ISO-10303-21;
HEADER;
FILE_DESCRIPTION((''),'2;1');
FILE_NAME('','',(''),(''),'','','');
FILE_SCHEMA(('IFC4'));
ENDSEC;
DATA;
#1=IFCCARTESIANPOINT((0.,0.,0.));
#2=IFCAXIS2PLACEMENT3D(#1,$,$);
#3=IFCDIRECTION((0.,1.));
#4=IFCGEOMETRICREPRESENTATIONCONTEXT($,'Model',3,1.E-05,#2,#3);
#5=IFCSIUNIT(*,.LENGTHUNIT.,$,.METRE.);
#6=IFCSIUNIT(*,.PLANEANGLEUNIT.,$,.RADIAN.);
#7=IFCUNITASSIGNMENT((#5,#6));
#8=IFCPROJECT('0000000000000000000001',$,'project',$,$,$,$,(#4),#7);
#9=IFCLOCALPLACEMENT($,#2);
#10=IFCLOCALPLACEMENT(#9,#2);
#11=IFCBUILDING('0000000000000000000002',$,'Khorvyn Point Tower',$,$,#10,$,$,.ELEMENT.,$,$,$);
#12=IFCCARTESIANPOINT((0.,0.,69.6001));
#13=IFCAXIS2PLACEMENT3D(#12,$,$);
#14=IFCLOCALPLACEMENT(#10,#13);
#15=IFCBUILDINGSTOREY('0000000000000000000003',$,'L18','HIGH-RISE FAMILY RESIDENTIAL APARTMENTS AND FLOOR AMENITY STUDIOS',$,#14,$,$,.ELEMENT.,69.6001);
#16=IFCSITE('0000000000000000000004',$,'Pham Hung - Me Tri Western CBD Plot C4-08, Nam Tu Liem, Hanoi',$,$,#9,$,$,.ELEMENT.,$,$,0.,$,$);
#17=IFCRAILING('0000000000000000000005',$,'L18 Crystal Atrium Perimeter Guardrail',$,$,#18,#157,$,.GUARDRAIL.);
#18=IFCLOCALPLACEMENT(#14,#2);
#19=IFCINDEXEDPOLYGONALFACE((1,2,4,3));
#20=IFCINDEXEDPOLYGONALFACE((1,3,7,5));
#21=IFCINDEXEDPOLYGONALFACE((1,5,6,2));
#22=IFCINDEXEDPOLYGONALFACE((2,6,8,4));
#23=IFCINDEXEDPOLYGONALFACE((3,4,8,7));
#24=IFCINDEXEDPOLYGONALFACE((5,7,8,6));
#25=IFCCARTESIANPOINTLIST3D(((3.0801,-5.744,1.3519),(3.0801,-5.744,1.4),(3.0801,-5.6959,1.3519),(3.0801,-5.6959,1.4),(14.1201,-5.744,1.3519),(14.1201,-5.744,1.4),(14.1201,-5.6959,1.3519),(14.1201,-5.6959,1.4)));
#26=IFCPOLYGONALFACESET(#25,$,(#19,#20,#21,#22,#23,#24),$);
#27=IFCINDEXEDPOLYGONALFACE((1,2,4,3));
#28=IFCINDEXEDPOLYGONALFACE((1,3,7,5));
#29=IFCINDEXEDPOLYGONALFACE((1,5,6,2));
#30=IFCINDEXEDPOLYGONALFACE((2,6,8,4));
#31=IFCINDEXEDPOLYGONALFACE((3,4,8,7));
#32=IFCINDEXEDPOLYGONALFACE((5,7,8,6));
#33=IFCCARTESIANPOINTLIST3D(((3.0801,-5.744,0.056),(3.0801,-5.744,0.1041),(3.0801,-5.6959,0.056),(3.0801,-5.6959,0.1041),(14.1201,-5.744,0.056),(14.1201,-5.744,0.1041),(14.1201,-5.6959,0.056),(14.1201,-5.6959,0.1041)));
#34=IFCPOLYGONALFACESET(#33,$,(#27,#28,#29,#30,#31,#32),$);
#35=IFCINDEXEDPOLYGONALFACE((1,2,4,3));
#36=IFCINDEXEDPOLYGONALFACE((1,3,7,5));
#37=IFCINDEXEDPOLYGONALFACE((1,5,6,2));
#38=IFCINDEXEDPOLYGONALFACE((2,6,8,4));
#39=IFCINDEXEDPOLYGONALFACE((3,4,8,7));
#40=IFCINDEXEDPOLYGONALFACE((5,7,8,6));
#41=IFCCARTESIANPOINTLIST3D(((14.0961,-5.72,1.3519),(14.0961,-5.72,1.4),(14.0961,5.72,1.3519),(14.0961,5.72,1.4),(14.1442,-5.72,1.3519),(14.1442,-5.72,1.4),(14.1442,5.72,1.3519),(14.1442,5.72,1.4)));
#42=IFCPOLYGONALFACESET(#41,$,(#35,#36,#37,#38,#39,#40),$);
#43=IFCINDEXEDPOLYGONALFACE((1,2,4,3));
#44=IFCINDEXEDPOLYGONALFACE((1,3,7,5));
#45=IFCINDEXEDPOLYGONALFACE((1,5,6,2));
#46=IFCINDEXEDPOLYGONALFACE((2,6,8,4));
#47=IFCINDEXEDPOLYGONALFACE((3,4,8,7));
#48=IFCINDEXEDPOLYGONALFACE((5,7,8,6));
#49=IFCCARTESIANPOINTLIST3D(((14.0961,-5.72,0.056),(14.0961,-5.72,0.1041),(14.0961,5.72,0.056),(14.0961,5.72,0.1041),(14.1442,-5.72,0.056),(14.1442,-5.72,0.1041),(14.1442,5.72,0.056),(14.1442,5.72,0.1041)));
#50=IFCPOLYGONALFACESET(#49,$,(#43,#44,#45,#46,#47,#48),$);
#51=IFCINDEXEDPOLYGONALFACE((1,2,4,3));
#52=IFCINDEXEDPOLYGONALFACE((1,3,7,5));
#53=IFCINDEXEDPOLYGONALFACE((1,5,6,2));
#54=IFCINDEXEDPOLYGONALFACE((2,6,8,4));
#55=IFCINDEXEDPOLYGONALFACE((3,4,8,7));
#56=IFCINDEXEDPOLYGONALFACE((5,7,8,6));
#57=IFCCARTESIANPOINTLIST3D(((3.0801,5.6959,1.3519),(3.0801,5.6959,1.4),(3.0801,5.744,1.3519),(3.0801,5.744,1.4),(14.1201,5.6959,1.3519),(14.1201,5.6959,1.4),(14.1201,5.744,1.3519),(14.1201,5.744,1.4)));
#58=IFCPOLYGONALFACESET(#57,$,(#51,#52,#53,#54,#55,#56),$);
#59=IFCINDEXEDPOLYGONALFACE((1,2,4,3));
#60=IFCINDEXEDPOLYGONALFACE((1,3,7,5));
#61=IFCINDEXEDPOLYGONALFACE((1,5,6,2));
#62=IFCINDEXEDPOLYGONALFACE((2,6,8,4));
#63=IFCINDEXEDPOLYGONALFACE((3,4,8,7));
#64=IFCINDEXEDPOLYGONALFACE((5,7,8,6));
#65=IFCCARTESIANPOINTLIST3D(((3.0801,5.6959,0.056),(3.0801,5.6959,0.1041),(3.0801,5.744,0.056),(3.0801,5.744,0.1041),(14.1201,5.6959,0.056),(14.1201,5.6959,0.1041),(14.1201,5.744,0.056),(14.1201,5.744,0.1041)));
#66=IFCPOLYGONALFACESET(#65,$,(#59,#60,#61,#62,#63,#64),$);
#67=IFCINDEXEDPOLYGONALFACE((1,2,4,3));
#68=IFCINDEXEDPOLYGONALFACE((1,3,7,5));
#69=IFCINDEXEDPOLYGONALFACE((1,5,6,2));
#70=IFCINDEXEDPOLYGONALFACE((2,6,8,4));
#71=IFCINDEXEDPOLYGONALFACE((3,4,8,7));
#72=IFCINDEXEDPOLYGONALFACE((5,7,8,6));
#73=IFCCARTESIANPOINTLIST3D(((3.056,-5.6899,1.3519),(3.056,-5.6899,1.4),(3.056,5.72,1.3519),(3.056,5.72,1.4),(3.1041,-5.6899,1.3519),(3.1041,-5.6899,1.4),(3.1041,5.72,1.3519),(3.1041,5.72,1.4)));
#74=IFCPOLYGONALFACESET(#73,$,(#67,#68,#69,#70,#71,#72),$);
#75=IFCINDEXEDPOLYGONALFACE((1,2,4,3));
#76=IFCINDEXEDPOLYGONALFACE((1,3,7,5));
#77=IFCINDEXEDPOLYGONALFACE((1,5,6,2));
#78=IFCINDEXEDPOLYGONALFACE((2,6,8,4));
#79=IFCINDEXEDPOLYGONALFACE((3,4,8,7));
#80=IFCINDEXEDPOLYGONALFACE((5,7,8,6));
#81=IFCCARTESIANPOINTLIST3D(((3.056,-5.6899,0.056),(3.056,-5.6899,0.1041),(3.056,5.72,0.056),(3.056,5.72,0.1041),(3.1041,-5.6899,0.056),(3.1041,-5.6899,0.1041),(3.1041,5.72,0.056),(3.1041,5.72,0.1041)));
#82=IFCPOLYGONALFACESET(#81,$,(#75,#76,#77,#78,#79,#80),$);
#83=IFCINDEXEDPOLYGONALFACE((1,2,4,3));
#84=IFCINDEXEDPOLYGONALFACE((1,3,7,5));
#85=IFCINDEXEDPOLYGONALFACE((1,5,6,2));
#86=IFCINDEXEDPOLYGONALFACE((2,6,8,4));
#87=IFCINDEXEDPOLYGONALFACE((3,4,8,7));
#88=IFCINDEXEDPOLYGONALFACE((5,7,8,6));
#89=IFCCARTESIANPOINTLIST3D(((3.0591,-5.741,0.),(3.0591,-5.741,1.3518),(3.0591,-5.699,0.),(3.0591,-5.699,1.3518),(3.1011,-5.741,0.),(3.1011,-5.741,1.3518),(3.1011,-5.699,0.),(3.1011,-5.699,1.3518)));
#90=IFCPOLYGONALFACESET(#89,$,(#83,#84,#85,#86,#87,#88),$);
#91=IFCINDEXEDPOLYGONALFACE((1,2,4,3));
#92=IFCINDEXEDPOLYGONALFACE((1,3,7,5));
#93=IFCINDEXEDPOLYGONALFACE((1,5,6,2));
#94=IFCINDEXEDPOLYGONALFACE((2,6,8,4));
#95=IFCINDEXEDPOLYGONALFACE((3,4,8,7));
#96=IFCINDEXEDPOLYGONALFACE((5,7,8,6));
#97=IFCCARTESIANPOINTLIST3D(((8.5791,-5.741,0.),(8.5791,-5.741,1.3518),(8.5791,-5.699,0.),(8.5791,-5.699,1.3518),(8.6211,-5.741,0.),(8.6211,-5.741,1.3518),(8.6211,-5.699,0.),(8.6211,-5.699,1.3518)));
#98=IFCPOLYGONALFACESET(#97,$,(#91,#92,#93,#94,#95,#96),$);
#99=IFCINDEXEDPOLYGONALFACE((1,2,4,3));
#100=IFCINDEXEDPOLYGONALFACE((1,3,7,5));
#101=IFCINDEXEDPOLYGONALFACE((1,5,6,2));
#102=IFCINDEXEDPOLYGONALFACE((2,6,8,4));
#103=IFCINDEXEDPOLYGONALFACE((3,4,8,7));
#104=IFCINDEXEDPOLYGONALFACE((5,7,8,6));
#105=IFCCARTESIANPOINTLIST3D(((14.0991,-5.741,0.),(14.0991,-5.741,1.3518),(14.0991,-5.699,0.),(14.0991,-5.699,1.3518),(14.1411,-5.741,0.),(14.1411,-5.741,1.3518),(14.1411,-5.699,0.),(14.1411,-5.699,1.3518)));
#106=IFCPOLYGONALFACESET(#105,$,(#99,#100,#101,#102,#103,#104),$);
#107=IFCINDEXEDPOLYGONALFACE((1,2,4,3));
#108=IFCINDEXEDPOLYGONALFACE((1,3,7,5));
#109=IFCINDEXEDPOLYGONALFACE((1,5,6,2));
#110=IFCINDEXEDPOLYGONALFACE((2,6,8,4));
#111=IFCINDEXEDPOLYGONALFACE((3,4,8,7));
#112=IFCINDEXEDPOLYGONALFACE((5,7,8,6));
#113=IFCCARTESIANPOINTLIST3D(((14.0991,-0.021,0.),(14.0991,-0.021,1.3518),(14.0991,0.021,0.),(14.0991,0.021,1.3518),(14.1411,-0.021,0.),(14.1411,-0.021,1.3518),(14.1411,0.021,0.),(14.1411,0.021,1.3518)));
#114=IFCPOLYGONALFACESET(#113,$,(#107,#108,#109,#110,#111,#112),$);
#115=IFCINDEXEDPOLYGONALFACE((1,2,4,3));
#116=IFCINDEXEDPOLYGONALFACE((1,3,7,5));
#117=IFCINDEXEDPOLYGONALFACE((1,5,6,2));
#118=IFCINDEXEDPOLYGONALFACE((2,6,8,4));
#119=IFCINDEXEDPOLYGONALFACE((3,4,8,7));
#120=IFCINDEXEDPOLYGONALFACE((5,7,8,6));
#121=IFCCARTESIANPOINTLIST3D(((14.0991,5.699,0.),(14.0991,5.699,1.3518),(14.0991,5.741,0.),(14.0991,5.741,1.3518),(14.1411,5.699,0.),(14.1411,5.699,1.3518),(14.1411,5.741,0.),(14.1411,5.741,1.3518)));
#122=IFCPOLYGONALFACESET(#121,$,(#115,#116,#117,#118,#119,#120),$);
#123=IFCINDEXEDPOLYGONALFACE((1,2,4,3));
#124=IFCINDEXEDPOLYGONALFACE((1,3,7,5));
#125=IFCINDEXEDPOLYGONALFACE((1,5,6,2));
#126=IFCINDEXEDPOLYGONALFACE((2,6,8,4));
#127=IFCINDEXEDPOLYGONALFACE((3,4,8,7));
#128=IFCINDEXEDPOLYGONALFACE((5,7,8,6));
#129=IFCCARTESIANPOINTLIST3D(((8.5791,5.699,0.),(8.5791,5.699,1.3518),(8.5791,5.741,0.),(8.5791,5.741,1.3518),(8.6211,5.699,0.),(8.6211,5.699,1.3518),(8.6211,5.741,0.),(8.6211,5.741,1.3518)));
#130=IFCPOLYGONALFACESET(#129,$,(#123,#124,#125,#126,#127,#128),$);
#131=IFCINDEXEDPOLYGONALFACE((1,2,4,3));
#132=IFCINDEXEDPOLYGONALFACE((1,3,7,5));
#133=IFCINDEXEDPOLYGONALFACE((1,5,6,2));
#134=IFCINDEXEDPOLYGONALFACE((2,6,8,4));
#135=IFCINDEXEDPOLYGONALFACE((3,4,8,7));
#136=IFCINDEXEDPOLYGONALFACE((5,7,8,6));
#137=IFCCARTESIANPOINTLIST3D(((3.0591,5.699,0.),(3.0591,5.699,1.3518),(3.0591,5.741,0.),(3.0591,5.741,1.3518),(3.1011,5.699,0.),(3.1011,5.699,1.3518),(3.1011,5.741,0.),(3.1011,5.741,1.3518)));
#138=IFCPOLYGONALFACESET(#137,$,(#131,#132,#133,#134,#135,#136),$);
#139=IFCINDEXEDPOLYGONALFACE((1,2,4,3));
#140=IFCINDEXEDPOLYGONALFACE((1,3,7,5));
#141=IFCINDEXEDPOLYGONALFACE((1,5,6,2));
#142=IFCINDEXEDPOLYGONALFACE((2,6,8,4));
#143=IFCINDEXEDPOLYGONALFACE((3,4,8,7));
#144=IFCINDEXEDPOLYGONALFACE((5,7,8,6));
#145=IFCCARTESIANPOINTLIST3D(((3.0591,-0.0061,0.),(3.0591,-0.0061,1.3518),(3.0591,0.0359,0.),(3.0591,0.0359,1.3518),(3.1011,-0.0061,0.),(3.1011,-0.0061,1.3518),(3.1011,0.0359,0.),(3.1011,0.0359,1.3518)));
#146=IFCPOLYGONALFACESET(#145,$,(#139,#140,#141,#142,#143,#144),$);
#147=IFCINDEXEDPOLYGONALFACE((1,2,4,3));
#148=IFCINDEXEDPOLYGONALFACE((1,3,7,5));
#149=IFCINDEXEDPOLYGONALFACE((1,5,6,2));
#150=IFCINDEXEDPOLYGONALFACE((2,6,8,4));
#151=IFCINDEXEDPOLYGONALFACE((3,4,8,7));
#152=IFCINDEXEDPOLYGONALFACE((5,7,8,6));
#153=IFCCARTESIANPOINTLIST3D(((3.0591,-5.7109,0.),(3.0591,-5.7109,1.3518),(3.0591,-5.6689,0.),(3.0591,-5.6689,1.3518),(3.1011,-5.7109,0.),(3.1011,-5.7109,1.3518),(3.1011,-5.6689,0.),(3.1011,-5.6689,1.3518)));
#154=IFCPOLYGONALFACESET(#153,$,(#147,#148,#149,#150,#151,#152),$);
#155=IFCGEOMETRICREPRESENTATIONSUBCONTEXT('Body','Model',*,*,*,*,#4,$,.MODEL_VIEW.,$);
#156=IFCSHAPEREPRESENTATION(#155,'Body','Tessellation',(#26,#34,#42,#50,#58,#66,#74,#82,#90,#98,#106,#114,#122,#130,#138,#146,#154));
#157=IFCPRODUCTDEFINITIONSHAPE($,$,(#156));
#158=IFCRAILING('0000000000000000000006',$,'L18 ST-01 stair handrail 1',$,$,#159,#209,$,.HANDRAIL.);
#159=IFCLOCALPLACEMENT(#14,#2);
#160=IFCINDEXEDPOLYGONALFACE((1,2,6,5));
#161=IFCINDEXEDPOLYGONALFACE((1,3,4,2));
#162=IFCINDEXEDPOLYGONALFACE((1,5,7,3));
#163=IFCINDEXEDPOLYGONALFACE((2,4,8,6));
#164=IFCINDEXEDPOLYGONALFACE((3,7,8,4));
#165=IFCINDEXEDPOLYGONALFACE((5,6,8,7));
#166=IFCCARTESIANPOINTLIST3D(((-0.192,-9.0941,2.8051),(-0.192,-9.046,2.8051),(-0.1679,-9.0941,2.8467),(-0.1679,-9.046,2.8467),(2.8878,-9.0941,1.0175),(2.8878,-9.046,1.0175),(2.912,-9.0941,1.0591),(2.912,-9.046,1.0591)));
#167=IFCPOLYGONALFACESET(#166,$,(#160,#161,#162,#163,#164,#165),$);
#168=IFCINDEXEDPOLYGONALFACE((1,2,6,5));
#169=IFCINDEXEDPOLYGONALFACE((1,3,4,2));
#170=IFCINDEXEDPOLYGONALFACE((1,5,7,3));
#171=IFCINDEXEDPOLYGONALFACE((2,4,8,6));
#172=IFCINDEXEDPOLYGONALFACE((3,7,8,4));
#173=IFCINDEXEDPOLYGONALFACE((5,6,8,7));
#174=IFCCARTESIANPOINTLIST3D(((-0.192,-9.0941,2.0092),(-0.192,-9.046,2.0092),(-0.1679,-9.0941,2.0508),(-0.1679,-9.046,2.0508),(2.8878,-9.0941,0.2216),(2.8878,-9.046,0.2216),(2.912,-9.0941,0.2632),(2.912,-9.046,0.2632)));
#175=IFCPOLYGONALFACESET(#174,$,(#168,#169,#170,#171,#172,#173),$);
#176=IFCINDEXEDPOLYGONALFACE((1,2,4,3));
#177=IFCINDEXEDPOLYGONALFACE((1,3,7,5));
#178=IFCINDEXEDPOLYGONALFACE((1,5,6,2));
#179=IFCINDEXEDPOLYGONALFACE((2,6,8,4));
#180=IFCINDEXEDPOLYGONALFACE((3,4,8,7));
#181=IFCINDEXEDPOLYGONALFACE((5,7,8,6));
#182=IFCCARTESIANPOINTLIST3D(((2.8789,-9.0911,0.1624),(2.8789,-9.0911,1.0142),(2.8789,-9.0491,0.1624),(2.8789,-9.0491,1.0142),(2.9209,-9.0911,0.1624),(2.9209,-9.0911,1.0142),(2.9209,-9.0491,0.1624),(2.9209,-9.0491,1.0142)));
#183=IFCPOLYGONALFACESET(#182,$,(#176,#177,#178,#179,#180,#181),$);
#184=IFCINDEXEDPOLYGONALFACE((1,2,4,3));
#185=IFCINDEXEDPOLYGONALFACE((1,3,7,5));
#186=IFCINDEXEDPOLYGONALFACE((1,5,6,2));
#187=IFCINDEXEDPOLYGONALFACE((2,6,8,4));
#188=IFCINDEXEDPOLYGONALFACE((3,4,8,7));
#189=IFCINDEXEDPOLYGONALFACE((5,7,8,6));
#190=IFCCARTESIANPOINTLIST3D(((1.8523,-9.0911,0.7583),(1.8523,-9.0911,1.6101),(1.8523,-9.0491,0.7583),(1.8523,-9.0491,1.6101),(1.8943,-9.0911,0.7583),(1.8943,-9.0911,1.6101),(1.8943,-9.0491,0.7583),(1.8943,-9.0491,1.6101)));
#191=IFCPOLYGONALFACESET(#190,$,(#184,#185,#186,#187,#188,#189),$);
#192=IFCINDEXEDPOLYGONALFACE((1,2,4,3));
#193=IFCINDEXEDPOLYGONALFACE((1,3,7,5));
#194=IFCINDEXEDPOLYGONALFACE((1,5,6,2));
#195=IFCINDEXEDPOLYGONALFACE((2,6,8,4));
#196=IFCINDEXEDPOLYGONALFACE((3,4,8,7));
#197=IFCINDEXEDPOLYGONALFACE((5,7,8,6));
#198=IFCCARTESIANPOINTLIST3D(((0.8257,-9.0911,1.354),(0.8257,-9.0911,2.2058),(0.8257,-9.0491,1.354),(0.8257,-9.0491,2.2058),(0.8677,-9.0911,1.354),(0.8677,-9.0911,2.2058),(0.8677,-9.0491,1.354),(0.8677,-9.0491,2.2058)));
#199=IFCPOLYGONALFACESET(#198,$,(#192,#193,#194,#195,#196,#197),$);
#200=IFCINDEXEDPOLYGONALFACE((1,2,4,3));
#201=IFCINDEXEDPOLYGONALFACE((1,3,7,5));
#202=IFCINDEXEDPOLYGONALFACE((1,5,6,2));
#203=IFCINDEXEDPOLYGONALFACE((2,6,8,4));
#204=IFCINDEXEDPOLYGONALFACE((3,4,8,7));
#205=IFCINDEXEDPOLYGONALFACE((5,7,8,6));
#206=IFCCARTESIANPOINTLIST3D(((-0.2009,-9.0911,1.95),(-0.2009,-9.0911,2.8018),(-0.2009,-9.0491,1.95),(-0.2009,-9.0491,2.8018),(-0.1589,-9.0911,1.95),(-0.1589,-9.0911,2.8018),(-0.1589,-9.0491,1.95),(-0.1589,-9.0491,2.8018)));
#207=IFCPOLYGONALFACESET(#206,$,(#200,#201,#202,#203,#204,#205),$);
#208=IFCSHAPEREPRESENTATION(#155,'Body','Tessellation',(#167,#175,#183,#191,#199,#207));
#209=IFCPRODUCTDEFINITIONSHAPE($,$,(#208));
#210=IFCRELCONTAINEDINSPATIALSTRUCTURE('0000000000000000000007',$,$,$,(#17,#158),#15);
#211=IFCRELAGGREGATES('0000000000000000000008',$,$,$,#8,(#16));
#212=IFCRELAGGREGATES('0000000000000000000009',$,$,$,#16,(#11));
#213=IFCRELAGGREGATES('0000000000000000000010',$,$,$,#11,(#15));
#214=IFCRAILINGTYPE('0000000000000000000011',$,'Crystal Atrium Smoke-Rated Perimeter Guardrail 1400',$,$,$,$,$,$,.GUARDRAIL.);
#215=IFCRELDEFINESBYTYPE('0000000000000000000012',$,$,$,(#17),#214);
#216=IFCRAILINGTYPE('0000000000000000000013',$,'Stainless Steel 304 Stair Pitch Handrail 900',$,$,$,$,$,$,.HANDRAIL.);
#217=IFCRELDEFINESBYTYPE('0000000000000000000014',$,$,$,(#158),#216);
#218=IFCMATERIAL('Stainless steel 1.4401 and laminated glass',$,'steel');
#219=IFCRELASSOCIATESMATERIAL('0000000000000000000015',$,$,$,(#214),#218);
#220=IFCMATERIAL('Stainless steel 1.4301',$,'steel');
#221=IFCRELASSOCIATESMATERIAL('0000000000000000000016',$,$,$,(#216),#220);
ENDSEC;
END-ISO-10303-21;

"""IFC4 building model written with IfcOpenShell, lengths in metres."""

from ifc_helpers import new_model, si_unit, direction, frame, origin, origin_2d, place, context, subcontext, project, spatial, rectangle, extrude, material, type_object, element, save


model = new_model("IFC4")

# Units and contexts
model_context = context("Model", 3, precision=1e-05, world=origin(), true_north=direction((0.0, 1.0)))
body_context = subcontext(model_context, "Body", "Model", "MODEL_VIEW")
ifc_project = project(units=[si_unit("LENGTHUNIT", "METRE"), si_unit("PLANEANGLEUNIT", "RADIAN")], contexts=[model_context])

# Site, building, storey
site_placement = place(None, origin())
site = spatial("IfcSite", under=ifc_project, at=site_placement, Name="Pham Hung - Me Tri Western CBD Plot C4-08, Nam Tu Liem, Hanoi", CompositionType="ELEMENT", RefElevation=0.0)
building_placement = place(site_placement, origin())
building = spatial("IfcBuilding", under=site, at=building_placement, Name="Khorvyn Point Tower", CompositionType="ELEMENT")
storey_placement = place(building_placement, frame((0.0, 0.0, 69.6001)))
storey = spatial("IfcBuildingStorey", under=building, at=storey_placement, Name="L18", Description="HIGH-RISE FAMILY RESIDENTIAL APARTMENTS AND FLOOR AMENITY STUDIOS", CompositionType="ELEMENT", Elevation=69.6001)

# Shared definitions
ifc_material_1 = material(Name="Stainless steel 1.4301", Category="steel")

# Railings
ifc_material_2 = material(Name="Stainless steel 1.4401 and laminated glass", Category="steel")
railing_type_1 = type_object("IfcRailingType", Name="Crystal Atrium Smoke-Rated Perimeter Guardrail 1400", PredefinedType="GUARDRAIL", material=ifc_material_2)
railing_1_placement = place(storey_placement, frame((3.0801, -5.72, 0.0)))
element("IfcRailing", 1, at=railing_1_placement, inside=storey, type_object=railing_type_1, Name="L18 Crystal Atrium Perimeter Guardrail", PredefinedType="GUARDRAIL", context=body_context, shape_type="SweptSolid", body=[
    extrude(rectangle(XDim=0.0481, YDim=0.0481, at=origin_2d()), frame((0.0, 0.0, 1.376), z_axis=(1.0, 0.0, 0.0), x_axis=(0.0, 1.0, 0.0)), (0.0, 0.0, 1.0), 11.04),
    extrude(rectangle(XDim=0.0481, YDim=0.0481, at=origin_2d()), frame((0.0, 0.0, 0.0801), z_axis=(1.0, 0.0, 0.0), x_axis=(0.0, 1.0, 0.0)), (0.0, 0.0, 1.0), 11.04),
    extrude(rectangle(XDim=0.0481, YDim=0.0481, at=origin_2d()), frame((11.04, 0.0, 1.376), z_axis=(0.0, 1.0, 0.0), x_axis=(-1.0, 0.0, 0.0)), (0.0, 0.0, 1.0), 11.4399),
    extrude(rectangle(XDim=0.0481, YDim=0.0481, at=origin_2d()), frame((11.04, 0.0, 0.0801), z_axis=(0.0, 1.0, 0.0), x_axis=(-1.0, 0.0, 0.0)), (0.0, 0.0, 1.0), 11.4399),
    extrude(rectangle(XDim=0.0481, YDim=0.0481, at=origin_2d()), frame((11.04, 11.4399, 1.376), z_axis=(-1.0, 0.0, 0.0), x_axis=(0.0, -1.0, 0.0)), (0.0, 0.0, 1.0), 11.04),
    extrude(rectangle(XDim=0.0481, YDim=0.0481, at=origin_2d()), frame((11.04, 11.4399, 0.0801), z_axis=(-1.0, 0.0, 0.0), x_axis=(0.0, -1.0, 0.0)), (0.0, 0.0, 1.0), 11.04),
    extrude(rectangle(XDim=0.0481, YDim=0.0481, at=origin_2d()), frame((0.0, 11.4399, 1.376), z_axis=(0.0, -1.0, 0.0), x_axis=(1.0, 0.0, 0.0)), (0.0, 0.0, 1.0), 11.4099),
    extrude(rectangle(XDim=0.0481, YDim=0.0481, at=origin_2d()), frame((0.0, 11.4399, 0.0801), z_axis=(0.0, -1.0, 0.0), x_axis=(1.0, 0.0, 0.0)), (0.0, 0.0, 1.0), 11.4099),
    extrude(rectangle(XDim=0.042, YDim=0.042, at=origin_2d()), origin(), (0.0, 0.0, 1.0), 1.3518),
    extrude(rectangle(XDim=0.042, YDim=0.042, at=origin_2d()), frame((5.52, 0.0, 0.0)), (0.0, 0.0, 1.0), 1.3518),
    extrude(rectangle(XDim=0.042, YDim=0.042, at=origin_2d()), frame((11.04, 0.0, 0.0)), (0.0, 0.0, 1.0), 1.3518),
    extrude(rectangle(XDim=0.042, YDim=0.042, at=origin_2d()), frame((11.04, 5.72, 0.0)), (0.0, 0.0, 1.0), 1.3518),
    extrude(rectangle(XDim=0.042, YDim=0.042, at=origin_2d()), frame((11.04, 11.4399, 0.0)), (0.0, 0.0, 1.0), 1.3518),
    extrude(rectangle(XDim=0.042, YDim=0.042, at=origin_2d()), frame((5.52, 11.4399, 0.0)), (0.0, 0.0, 1.0), 1.3518),
    extrude(rectangle(XDim=0.042, YDim=0.042, at=origin_2d()), frame((0.0, 11.4399, 0.0)), (0.0, 0.0, 1.0), 1.3518),
    extrude(rectangle(XDim=0.042, YDim=0.042, at=origin_2d()), frame((0.0, 5.7349, 0.0)), (0.0, 0.0, 1.0), 1.3518),
    extrude(rectangle(XDim=0.042, YDim=0.042, at=origin_2d()), frame((0.0, 0.03, 0.0)), (0.0, 0.0, 1.0), 1.3518),
])
railing_type_2 = type_object("IfcRailingType", Name="Stainless Steel 304 Stair Pitch Handrail 900", PredefinedType="HANDRAIL", material=ifc_material_1)
railing_2_placement = place(storey_placement, frame((2.8999, -9.0701, 0.1624)))
element("IfcRailing", 2, at=railing_2_placement, inside=storey, type_object=railing_type_2, Name="L18 ST-01 stair handrail 1", PredefinedType="HANDRAIL", context=body_context, shape_type="SweptSolid", body=[
    extrude(rectangle(XDim=0.0481, YDim=0.0481, at=origin_2d()), frame((0.0, 0.0, 0.876), z_axis=(-0.864873, 0.0, 0.50199), x_axis=(0.0, -1.0, 0.0)), (0.0, 0.0, 1.0), 3.561),
    extrude(rectangle(XDim=0.0481, YDim=0.0481, at=origin_2d()), frame((0.0, 0.0, 0.0801), z_axis=(-0.864873, 0.0, 0.50199), x_axis=(0.0, -1.0, 0.0)), (0.0, 0.0, 1.0), 3.561),
    extrude(rectangle(XDim=0.042, YDim=0.042, at=origin_2d()), origin(), (0.0, 0.0, 1.0), 0.8518),
    extrude(rectangle(XDim=0.042, YDim=0.042, at=origin_2d()), frame((-1.0266, 0.0, 0.5959)), (0.0, 0.0, 1.0), 0.8518),
    extrude(rectangle(XDim=0.042, YDim=0.042, at=origin_2d()), frame((-2.0532, 0.0, 1.1917)), (0.0, 0.0, 1.0), 0.8518),
    extrude(rectangle(XDim=0.042, YDim=0.042, at=origin_2d()), frame((-3.0798, 0.0, 1.7876)), (0.0, 0.0, 1.0), 0.8518),
])

save(model, "model.ifc")
